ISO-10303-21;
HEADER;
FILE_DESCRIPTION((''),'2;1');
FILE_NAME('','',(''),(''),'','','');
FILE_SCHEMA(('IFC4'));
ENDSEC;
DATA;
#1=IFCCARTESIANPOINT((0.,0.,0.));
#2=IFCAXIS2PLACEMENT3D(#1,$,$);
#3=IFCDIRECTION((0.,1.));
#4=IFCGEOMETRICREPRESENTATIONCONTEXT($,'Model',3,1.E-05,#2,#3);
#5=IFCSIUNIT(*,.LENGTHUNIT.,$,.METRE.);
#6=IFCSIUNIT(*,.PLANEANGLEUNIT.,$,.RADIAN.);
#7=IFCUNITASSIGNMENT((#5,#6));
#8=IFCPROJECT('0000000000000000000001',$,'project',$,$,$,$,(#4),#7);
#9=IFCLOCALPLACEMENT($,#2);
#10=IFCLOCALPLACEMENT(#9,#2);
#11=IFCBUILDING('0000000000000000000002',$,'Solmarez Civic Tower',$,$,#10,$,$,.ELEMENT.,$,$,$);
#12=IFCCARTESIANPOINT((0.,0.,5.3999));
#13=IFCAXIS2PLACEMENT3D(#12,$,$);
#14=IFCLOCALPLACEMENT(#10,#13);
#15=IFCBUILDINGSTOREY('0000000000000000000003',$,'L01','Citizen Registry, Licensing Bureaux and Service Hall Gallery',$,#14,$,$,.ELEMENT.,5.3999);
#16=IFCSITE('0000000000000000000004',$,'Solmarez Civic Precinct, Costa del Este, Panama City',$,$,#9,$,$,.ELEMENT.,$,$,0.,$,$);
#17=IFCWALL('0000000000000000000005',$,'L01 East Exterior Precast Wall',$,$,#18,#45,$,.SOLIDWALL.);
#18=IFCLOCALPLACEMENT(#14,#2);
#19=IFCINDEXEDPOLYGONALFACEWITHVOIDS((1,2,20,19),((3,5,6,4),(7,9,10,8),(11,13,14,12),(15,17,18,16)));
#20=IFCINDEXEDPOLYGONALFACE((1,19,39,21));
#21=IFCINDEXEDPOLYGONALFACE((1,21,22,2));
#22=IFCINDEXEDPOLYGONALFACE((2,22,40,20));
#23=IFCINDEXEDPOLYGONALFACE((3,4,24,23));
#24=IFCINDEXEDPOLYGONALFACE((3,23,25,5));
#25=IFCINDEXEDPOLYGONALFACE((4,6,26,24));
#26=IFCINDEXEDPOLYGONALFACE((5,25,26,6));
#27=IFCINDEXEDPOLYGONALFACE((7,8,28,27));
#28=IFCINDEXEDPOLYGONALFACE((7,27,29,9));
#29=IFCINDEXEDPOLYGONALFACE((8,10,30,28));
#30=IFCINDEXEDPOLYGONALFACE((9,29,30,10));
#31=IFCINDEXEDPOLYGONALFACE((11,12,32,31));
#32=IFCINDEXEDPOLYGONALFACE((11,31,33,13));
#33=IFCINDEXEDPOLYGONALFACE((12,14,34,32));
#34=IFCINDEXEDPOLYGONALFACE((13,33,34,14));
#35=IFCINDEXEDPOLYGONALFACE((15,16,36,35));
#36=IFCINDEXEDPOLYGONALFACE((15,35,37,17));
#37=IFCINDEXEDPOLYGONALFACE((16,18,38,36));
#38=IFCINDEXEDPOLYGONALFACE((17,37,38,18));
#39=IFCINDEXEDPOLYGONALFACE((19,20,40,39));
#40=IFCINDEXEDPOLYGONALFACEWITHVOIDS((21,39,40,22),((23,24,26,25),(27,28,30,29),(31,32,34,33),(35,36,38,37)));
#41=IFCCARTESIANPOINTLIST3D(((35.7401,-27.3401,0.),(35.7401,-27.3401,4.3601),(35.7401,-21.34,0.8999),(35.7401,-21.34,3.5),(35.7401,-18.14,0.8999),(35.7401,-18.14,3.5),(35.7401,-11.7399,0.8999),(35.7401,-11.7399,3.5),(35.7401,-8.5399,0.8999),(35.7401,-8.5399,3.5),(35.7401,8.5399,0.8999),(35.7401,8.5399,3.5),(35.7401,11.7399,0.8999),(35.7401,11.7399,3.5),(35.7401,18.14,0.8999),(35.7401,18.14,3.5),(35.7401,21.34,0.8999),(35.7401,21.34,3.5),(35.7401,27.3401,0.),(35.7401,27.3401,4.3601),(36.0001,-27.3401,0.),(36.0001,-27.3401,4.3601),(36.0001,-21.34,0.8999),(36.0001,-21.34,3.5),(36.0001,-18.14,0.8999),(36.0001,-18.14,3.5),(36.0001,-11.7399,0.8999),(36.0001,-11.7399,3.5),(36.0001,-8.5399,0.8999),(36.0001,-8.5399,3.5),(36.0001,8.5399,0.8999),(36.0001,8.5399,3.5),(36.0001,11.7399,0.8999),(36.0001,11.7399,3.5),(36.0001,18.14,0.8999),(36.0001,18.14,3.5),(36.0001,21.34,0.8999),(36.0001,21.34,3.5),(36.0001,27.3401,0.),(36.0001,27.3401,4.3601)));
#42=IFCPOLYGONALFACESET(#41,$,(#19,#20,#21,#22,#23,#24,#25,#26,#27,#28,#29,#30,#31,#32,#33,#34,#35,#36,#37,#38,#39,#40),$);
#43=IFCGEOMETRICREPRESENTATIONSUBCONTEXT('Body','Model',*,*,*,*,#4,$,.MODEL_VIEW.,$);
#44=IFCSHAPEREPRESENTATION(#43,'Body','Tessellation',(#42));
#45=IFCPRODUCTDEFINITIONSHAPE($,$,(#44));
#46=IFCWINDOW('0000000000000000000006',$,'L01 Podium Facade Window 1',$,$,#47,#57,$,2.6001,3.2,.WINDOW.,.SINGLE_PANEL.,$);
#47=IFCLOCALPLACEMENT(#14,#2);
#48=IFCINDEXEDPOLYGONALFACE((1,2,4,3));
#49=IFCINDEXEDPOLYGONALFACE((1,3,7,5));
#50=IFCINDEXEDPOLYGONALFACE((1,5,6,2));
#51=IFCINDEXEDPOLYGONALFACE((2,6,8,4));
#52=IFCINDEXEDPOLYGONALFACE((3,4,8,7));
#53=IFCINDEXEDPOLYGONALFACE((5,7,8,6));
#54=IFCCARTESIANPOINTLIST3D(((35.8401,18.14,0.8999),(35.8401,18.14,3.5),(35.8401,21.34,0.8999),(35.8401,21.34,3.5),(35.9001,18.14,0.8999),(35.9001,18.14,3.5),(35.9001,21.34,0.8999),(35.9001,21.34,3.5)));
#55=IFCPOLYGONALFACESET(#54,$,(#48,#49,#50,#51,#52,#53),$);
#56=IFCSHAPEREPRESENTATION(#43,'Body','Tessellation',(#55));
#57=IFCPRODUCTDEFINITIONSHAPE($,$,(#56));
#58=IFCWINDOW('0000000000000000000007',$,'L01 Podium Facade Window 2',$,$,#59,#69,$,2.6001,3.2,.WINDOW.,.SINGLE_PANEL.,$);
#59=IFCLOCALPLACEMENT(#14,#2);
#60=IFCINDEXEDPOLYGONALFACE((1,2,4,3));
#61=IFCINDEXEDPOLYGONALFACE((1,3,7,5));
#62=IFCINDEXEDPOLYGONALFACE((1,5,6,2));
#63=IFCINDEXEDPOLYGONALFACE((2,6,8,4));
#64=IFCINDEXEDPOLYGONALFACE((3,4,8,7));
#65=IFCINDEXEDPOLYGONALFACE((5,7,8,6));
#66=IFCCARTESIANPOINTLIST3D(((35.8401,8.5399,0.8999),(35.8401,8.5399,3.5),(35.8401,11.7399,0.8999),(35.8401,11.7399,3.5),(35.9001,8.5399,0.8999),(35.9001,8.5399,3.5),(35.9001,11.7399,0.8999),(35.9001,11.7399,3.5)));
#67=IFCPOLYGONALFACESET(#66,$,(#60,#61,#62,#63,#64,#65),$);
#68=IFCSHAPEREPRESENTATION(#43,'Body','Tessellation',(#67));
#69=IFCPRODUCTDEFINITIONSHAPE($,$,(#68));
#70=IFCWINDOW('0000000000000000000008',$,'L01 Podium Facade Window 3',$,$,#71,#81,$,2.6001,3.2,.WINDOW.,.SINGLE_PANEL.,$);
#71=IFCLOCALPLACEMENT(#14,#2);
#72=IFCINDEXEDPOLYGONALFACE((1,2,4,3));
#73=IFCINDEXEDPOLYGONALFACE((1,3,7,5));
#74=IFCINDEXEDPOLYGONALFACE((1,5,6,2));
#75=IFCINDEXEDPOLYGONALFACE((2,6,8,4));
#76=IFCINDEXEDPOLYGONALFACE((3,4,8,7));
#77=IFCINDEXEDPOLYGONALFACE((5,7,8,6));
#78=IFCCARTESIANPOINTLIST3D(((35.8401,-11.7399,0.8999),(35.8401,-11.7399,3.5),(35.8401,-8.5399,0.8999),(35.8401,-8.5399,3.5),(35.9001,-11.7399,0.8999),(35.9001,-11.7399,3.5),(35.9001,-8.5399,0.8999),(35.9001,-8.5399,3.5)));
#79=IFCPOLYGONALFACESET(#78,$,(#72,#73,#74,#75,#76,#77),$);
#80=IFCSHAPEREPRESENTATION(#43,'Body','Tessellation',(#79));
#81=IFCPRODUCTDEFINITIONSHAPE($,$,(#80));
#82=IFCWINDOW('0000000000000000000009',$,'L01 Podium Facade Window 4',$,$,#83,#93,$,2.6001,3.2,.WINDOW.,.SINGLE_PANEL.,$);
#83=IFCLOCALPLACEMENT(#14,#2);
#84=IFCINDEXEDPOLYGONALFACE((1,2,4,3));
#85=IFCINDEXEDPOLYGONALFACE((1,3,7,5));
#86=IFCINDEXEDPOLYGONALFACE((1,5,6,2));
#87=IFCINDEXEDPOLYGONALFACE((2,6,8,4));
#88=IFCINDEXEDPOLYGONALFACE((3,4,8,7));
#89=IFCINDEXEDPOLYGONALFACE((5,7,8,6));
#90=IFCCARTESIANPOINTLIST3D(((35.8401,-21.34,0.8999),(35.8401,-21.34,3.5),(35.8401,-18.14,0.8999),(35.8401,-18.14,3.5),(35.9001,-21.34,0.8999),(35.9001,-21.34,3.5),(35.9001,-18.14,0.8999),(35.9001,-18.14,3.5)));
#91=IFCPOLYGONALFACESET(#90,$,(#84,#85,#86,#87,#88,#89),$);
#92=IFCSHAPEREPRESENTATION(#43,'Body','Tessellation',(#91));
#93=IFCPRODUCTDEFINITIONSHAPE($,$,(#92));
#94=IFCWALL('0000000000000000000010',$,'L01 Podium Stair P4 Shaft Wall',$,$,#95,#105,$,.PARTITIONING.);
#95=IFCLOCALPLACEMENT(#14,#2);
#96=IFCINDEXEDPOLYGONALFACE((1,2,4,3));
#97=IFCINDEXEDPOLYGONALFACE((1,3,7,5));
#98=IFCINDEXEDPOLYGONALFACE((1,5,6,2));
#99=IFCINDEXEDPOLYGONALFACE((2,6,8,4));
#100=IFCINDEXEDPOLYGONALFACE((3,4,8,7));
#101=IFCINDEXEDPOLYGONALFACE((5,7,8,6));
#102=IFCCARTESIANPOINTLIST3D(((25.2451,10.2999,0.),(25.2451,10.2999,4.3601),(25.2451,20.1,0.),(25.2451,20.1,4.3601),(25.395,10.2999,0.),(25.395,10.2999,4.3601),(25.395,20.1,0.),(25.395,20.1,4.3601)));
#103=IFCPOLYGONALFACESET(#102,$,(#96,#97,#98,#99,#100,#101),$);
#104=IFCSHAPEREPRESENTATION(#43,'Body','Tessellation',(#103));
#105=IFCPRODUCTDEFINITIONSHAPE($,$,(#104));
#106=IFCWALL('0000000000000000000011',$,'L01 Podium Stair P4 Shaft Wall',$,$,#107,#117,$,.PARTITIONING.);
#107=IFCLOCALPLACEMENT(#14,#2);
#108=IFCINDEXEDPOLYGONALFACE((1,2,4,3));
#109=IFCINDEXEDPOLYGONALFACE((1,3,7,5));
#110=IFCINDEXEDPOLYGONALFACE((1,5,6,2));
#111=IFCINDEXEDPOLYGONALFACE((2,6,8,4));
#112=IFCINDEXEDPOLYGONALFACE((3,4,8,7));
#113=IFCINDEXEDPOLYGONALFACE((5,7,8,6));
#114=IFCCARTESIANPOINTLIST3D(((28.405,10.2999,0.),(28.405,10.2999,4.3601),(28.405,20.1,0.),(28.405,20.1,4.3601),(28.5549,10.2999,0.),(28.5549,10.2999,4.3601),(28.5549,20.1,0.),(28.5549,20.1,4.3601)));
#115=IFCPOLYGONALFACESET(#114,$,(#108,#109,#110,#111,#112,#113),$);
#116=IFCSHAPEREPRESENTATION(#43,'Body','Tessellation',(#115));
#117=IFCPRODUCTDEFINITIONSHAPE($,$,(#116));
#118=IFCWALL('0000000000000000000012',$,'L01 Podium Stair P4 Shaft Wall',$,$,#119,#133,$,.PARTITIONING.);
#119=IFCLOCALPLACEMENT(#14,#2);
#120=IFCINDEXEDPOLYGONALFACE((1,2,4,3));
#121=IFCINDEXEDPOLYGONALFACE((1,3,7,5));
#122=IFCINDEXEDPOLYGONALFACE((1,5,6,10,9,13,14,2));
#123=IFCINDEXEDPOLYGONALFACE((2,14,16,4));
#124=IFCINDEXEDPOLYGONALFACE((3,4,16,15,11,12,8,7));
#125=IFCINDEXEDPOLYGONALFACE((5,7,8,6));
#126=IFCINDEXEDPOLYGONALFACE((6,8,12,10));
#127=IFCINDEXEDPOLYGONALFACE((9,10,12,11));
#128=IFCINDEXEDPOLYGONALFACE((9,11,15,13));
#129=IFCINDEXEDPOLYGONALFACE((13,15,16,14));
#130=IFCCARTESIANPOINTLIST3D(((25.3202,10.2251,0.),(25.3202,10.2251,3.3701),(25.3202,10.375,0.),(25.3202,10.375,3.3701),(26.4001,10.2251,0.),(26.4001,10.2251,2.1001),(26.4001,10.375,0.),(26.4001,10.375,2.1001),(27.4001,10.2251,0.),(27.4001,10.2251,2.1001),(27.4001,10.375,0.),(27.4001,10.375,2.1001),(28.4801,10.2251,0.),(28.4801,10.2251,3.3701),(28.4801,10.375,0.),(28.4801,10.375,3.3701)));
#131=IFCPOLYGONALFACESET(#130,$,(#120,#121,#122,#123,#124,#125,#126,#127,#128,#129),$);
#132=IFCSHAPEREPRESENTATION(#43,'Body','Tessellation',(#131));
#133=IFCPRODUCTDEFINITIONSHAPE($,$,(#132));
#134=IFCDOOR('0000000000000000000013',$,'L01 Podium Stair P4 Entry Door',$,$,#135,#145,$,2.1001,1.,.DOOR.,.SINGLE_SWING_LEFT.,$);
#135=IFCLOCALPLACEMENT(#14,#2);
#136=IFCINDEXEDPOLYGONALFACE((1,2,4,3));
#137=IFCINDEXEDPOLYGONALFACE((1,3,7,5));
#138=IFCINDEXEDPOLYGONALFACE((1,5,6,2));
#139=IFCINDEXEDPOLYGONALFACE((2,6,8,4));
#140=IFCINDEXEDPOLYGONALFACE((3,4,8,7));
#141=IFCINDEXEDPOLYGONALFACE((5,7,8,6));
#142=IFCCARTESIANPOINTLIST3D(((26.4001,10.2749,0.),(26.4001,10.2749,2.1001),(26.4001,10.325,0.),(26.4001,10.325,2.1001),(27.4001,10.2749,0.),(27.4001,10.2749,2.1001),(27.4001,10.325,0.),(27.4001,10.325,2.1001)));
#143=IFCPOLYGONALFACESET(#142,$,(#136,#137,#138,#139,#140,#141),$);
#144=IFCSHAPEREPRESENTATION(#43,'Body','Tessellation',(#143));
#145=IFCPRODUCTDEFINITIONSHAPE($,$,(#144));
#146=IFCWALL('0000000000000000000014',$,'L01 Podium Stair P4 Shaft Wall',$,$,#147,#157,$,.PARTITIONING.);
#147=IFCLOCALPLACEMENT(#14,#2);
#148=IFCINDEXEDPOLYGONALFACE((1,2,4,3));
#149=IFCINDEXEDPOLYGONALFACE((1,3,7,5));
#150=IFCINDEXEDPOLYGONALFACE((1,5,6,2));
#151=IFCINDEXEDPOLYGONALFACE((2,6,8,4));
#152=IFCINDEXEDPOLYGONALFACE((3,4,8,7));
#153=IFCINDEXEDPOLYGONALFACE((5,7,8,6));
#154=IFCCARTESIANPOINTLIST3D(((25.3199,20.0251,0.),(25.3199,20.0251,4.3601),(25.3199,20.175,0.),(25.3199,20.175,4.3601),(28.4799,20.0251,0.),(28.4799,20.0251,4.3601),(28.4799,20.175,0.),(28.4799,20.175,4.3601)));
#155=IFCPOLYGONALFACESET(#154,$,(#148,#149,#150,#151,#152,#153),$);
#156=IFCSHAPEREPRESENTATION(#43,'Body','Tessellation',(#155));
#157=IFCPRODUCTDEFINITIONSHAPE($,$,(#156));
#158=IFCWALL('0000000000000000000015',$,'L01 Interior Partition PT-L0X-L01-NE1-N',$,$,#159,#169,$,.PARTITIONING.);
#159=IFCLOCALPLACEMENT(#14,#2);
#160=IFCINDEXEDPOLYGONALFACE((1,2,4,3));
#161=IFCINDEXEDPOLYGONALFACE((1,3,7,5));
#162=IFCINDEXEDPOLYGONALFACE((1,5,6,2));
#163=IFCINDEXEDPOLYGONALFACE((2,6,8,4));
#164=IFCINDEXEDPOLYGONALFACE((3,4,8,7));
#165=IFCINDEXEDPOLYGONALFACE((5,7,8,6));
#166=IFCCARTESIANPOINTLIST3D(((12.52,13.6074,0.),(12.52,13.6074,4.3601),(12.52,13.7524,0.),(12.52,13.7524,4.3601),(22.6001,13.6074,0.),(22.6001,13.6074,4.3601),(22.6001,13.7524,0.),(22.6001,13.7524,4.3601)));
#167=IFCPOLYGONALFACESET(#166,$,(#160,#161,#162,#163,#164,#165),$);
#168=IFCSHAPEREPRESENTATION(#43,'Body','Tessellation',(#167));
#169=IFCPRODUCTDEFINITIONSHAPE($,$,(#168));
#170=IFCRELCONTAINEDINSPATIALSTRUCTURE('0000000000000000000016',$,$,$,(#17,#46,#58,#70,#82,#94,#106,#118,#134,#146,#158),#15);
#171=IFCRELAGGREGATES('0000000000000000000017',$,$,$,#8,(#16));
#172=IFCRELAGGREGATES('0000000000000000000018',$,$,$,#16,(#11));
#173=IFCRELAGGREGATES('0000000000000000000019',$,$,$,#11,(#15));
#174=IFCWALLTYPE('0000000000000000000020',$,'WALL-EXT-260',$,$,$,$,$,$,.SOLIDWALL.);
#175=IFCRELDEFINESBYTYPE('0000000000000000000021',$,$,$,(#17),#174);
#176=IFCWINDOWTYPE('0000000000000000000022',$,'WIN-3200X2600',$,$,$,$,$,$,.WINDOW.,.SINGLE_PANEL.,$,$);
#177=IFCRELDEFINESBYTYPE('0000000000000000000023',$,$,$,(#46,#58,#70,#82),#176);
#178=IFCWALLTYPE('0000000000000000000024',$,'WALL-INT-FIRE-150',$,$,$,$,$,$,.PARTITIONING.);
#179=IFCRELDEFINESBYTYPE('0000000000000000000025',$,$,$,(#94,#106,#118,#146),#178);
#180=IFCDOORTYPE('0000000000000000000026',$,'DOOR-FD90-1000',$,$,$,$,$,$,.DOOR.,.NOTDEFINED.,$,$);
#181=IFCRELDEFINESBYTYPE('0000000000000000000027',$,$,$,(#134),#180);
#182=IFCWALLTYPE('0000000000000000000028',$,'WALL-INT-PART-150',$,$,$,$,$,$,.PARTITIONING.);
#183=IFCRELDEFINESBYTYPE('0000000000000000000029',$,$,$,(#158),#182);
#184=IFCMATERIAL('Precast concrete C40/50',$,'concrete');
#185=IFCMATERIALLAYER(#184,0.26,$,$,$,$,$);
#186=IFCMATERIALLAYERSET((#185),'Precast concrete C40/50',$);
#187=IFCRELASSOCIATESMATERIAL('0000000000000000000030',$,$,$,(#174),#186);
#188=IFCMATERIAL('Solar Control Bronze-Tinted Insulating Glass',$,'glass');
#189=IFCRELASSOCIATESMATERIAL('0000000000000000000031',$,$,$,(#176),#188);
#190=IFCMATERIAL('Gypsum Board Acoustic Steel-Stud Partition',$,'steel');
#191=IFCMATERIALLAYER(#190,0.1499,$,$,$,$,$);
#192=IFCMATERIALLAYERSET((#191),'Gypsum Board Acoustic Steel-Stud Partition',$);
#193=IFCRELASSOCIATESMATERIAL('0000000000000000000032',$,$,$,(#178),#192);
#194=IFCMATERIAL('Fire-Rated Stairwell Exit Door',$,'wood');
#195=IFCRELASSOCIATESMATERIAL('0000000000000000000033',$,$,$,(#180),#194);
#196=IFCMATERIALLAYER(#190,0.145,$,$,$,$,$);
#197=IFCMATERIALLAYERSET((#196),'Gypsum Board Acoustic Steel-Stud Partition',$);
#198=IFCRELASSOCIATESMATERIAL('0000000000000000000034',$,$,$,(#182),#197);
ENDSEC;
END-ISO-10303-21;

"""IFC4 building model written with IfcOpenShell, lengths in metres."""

from ifc_helpers import new_model, si_unit, direction, frame, frame_2d, origin, place, context, subcontext, project, spatial, rectangle, extrude, material, layer, layer_set, type_object, element, fill, save


model = new_model("IFC4")

# Units and contexts
model_context = context("Model", 3, precision=1e-05, world=origin(), true_north=direction((0.0, 1.0)))
body_context = subcontext(model_context, "Body", "Model", "MODEL_VIEW")
ifc_project = project(units=[si_unit("LENGTHUNIT", "METRE"), si_unit("PLANEANGLEUNIT", "RADIAN")], contexts=[model_context])

# Site, building, storey
site_placement = place(None, origin())
site = spatial("IfcSite", under=ifc_project, at=site_placement, Name="Solmarez Civic Precinct, Costa del Este, Panama City", CompositionType="ELEMENT", RefElevation=0.0)
building_placement = place(site_placement, origin())
building = spatial("IfcBuilding", under=site, at=building_placement, Name="Solmarez Civic Tower", CompositionType="ELEMENT")
storey_placement = place(building_placement, frame((0.0, 0.0, 5.3999)))
storey = spatial("IfcBuildingStorey", under=building, at=storey_placement, Name="L01", Description="Citizen Registry, Licensing Bureaux and Service Hall Gallery", CompositionType="ELEMENT", Elevation=5.3999)

# Wall, openings, windows
ifc_material_1 = material(Name="Precast concrete C40/50", Category="concrete")
ifc_layer_1 = layer(ifc_material_1, 0.26)
ifc_layer_set_1 = layer_set([ifc_layer_1], Name="Precast concrete C40/50")
wall_type_1 = type_object("IfcWallType", Name="WALL-EXT-260", PredefinedType="SOLIDWALL", material=ifc_layer_set_1)
wall_1_placement = place(storey_placement, frame((35.8701, 27.3401, 0.0), z_axis=(0.0, 0.0, 1.0), x_axis=(0.0, -1.0, 0.0)))
wall_1 = element("IfcWall", 1, at=wall_1_placement, inside=storey, type_object=wall_type_1, Name="L01 East Exterior Precast Wall", PredefinedType="SOLIDWALL", context=body_context, shape_type="SweptSolid", body=[
    extrude(rectangle(XDim=54.6802, YDim=0.26, at=frame_2d((27.3401, 0.0))), origin(), (0.0, 0.0, 1.0), 4.3601),
])
opening_1_placement = place(wall_1_placement, frame((6.0, 0.0, 0.8999)))
opening_1 = element("IfcOpeningElement", 2, at=opening_1_placement, cuts=wall_1, PredefinedType="OPENING", context=body_context, shape_type="SweptSolid", body=[
    extrude(rectangle(XDim=3.2, YDim=2.6001, at=frame_2d((1.6001, 1.3))), frame((0.0, 0.1399, 0.0), z_axis=(0.0, -1.0, 0.0), x_axis=(1.0, 0.0, 0.0)), (0.0, 0.0, 1.0), 0.28),
])
opening_2_placement = place(wall_1_placement, frame((15.6001, 0.0, 0.8999)))
opening_2 = element("IfcOpeningElement", 3, at=opening_2_placement, cuts=wall_1, PredefinedType="OPENING", context=body_context, shape_type="SweptSolid", body=[
    extrude(rectangle(XDim=3.2, YDim=2.6001, at=frame_2d((1.6001, 1.3))), frame((0.0, 0.1399, 0.0), z_axis=(0.0, -1.0, 0.0), x_axis=(1.0, 0.0, 0.0)), (0.0, 0.0, 1.0), 0.28),
])
opening_3_placement = place(wall_1_placement, frame((35.8799, 0.0, 0.8999)))
opening_3 = element("IfcOpeningElement", 4, at=opening_3_placement, cuts=wall_1, PredefinedType="OPENING", context=body_context, shape_type="SweptSolid", body=[
    extrude(rectangle(XDim=3.2, YDim=2.6001, at=frame_2d((1.6001, 1.3))), frame((0.0, 0.1399, 0.0), z_axis=(0.0, -1.0, 0.0), x_axis=(1.0, 0.0, 0.0)), (0.0, 0.0, 1.0), 0.28),
])
opening_4_placement = place(wall_1_placement, frame((45.48, 0.0, 0.8999)))
opening_4 = element("IfcOpeningElement", 5, at=opening_4_placement, cuts=wall_1, PredefinedType="OPENING", context=body_context, shape_type="SweptSolid", body=[
    extrude(rectangle(XDim=3.2, YDim=2.6001, at=frame_2d((1.6001, 1.3))), frame((0.0, 0.1399, 0.0), z_axis=(0.0, -1.0, 0.0), x_axis=(1.0, 0.0, 0.0)), (0.0, 0.0, 1.0), 0.28),
])
ifc_material_2 = material(Name="Solar Control Bronze-Tinted Insulating Glass", Category="glass")
window_type = type_object("IfcWindowType", Name="WIN-3200X2600", PartitioningType="SINGLE_PANEL", PredefinedType="WINDOW", material=ifc_material_2)
window_1_placement = place(opening_1_placement, origin())
window_1 = element("IfcWindow", 6, at=window_1_placement, inside=storey, type_object=window_type, Name="L01 Podium Facade Window 1", OverallHeight=2.6001, OverallWidth=3.2, PartitioningType="SINGLE_PANEL", PredefinedType="WINDOW", context=body_context, shape_type="SweptSolid", body=[
    extrude(rectangle(XDim=3.2, YDim=2.6001, at=frame_2d((1.6001, 1.3))), frame((0.0, 0.03, 0.0), z_axis=(0.0, -1.0, 0.0), x_axis=(1.0, 0.0, 0.0)), (0.0, 0.0, 1.0), 0.0601),
])
fill(opening_1, window_1)
window_2_placement = place(opening_2_placement, origin())
window_2 = element("IfcWindow", 7, at=window_2_placement, inside=storey, type_object=window_type, Name="L01 Podium Facade Window 2", OverallHeight=2.6001, OverallWidth=3.2, PartitioningType="SINGLE_PANEL", PredefinedType="WINDOW", context=body_context, shape_type="SweptSolid", body=[
    extrude(rectangle(XDim=3.2, YDim=2.6001, at=frame_2d((1.6001, 1.3))), frame((0.0, 0.03, 0.0), z_axis=(0.0, -1.0, 0.0), x_axis=(1.0, 0.0, 0.0)), (0.0, 0.0, 1.0), 0.0601),
])
fill(opening_2, window_2)
window_3_placement = place(opening_3_placement, origin())
window_3 = element("IfcWindow", 8, at=window_3_placement, inside=storey, type_object=window_type, Name="L01 Podium Facade Window 3", OverallHeight=2.6001, OverallWidth=3.2, PartitioningType="SINGLE_PANEL", PredefinedType="WINDOW", context=body_context, shape_type="SweptSolid", body=[
    extrude(rectangle(XDim=3.2, YDim=2.6001, at=frame_2d((1.6001, 1.3))), frame((0.0, 0.03, 0.0), z_axis=(0.0, -1.0, 0.0), x_axis=(1.0, 0.0, 0.0)), (0.0, 0.0, 1.0), 0.0601),
])
fill(opening_3, window_3)
window_4_placement = place(opening_4_placement, origin())
window_4 = element("IfcWindow", 9, at=window_4_placement, inside=storey, type_object=window_type, Name="L01 Podium Facade Window 4", OverallHeight=2.6001, OverallWidth=3.2, PartitioningType="SINGLE_PANEL", PredefinedType="WINDOW", context=body_context, shape_type="SweptSolid", body=[
    extrude(rectangle(XDim=3.2, YDim=2.6001, at=frame_2d((1.6001, 1.3))), frame((0.0, 0.03, 0.0), z_axis=(0.0, -1.0, 0.0), x_axis=(1.0, 0.0, 0.0)), (0.0, 0.0, 1.0), 0.0601),
])
fill(opening_4, window_4)

# Walls
ifc_material_3 = material(Name="Gypsum Board Acoustic Steel-Stud Partition", Category="steel")
ifc_layer_2 = layer(ifc_material_3, 0.1499)
ifc_layer_set_2 = layer_set([ifc_layer_2], Name="Gypsum Board Acoustic Steel-Stud Partition")
wall_type_2 = type_object("IfcWallType", Name="WALL-INT-FIRE-150", PredefinedType="PARTITIONING", material=ifc_layer_set_2)
for number, where, z_axis, x_axis, name in (
    (10, (25.3201, 10.3, 0.0), (0.0, 0.0, 1.0), (0.0, 1.0, 0.0), "L01 Podium Stair P4 Shaft Wall"),
    (11, (28.48, 10.3, 0.0), (0.0, 0.0, 1.0), (0.0, 1.0, 0.0), "L01 Podium Stair P4 Shaft Wall"),
):
    element("IfcWall", number, at=place(storey_placement, frame(where, z_axis=z_axis, x_axis=x_axis)), inside=storey, type_object=wall_type_2, Name=name, PredefinedType="PARTITIONING", context=body_context, shape_type="SweptSolid", body=[
        extrude(rectangle(XDim=9.8, YDim=0.1499, at=frame_2d((4.8999, 0.0))), origin(), (0.0, 0.0, 1.0), 4.3601),
    ])

# Wall, opening, door
wall_2_placement = place(storey_placement, frame((25.3201, 10.3, 0.0), z_axis=(0.0, 0.0, 1.0), x_axis=(1.0, 0.0, 0.0)))
wall_2 = element("IfcWall", 12, at=wall_2_placement, inside=storey, type_object=wall_type_2, Name="L01 Podium Stair P4 Shaft Wall", PredefinedType="PARTITIONING", context=body_context, shape_type="SweptSolid", body=[
    extrude(rectangle(XDim=3.1599, YDim=0.1499, at=frame_2d((1.5801, 0.0))), origin(), (0.0, 0.0, 1.0), 3.3701),
])
opening_5_placement = place(wall_2_placement, frame((1.0801, 0.0, 0.0)))
opening_5 = element("IfcOpeningElement", 13, at=opening_5_placement, cuts=wall_2, PredefinedType="OPENING", context=body_context, shape_type="SweptSolid", body=[
    extrude(rectangle(XDim=1.0, YDim=2.1001, at=frame_2d((0.5, 1.05))), frame((0.0, 0.085, 0.0), z_axis=(0.0, -1.0, 0.0), x_axis=(1.0, 0.0, 0.0)), (0.0, 0.0, 1.0), 0.1699),
])
ifc_material_4 = material(Name="Fire-Rated Stairwell Exit Door", Category="wood")
door_type = type_object("IfcDoorType", Name="DOOR-FD90-1000", OperationType="NOTDEFINED", PredefinedType="DOOR", material=ifc_material_4)
door_placement = place(opening_5_placement, origin())
door = element("IfcDoor", 14, at=door_placement, inside=storey, type_object=door_type, Name="L01 Podium Stair P4 Entry Door", OperationType="SINGLE_SWING_LEFT", OverallHeight=2.1001, OverallWidth=1.0, PredefinedType="DOOR", context=body_context, shape_type="SweptSolid", body=[
    extrude(rectangle(XDim=1.0, YDim=2.1001, at=frame_2d((0.5, 1.05))), frame((0.0, 0.0249, 0.0), z_axis=(0.0, -1.0, 0.0), x_axis=(1.0, 0.0, 0.0)), (0.0, 0.0, 1.0), 0.05),
])
fill(opening_5, door)

# Walls
wall_3_placement = place(storey_placement, frame((28.48, 20.1001, 0.0), z_axis=(0.0, 0.0, 1.0), x_axis=(-1.0, 0.0, 0.0)))
element("IfcWall", 15, at=wall_3_placement, inside=storey, type_object=wall_type_2, Name="L01 Podium Stair P4 Shaft Wall", PredefinedType="PARTITIONING", context=body_context, shape_type="SweptSolid", body=[
    extrude(rectangle(XDim=3.1599, YDim=0.1499, at=frame_2d((1.5801, 0.0))), origin(), (0.0, 0.0, 1.0), 4.3601),
])
ifc_layer_3 = layer(ifc_material_3, 0.145)
ifc_layer_set_3 = layer_set([ifc_layer_3], Name="Gypsum Board Acoustic Steel-Stud Partition")
wall_type_3 = type_object("IfcWallType", Name="WALL-INT-PART-150", PredefinedType="PARTITIONING", material=ifc_layer_set_3)
wall_4_placement = place(storey_placement, frame((12.52, 13.6799, 0.0), z_axis=(0.0, 0.0, 1.0), x_axis=(1.0, 0.0, 0.0)))
element("IfcWall", 16, at=wall_4_placement, inside=storey, type_object=wall_type_3, Name="L01 Interior Partition PT-L0X-L01-NE1-N", PredefinedType="PARTITIONING", context=body_context, shape_type="SweptSolid", body=[
    extrude(rectangle(XDim=10.0801, YDim=0.145, at=frame_2d((5.04, 0.0))), origin(), (0.0, 0.0, 1.0), 4.3601),
])

save(model, "model.ifc")
